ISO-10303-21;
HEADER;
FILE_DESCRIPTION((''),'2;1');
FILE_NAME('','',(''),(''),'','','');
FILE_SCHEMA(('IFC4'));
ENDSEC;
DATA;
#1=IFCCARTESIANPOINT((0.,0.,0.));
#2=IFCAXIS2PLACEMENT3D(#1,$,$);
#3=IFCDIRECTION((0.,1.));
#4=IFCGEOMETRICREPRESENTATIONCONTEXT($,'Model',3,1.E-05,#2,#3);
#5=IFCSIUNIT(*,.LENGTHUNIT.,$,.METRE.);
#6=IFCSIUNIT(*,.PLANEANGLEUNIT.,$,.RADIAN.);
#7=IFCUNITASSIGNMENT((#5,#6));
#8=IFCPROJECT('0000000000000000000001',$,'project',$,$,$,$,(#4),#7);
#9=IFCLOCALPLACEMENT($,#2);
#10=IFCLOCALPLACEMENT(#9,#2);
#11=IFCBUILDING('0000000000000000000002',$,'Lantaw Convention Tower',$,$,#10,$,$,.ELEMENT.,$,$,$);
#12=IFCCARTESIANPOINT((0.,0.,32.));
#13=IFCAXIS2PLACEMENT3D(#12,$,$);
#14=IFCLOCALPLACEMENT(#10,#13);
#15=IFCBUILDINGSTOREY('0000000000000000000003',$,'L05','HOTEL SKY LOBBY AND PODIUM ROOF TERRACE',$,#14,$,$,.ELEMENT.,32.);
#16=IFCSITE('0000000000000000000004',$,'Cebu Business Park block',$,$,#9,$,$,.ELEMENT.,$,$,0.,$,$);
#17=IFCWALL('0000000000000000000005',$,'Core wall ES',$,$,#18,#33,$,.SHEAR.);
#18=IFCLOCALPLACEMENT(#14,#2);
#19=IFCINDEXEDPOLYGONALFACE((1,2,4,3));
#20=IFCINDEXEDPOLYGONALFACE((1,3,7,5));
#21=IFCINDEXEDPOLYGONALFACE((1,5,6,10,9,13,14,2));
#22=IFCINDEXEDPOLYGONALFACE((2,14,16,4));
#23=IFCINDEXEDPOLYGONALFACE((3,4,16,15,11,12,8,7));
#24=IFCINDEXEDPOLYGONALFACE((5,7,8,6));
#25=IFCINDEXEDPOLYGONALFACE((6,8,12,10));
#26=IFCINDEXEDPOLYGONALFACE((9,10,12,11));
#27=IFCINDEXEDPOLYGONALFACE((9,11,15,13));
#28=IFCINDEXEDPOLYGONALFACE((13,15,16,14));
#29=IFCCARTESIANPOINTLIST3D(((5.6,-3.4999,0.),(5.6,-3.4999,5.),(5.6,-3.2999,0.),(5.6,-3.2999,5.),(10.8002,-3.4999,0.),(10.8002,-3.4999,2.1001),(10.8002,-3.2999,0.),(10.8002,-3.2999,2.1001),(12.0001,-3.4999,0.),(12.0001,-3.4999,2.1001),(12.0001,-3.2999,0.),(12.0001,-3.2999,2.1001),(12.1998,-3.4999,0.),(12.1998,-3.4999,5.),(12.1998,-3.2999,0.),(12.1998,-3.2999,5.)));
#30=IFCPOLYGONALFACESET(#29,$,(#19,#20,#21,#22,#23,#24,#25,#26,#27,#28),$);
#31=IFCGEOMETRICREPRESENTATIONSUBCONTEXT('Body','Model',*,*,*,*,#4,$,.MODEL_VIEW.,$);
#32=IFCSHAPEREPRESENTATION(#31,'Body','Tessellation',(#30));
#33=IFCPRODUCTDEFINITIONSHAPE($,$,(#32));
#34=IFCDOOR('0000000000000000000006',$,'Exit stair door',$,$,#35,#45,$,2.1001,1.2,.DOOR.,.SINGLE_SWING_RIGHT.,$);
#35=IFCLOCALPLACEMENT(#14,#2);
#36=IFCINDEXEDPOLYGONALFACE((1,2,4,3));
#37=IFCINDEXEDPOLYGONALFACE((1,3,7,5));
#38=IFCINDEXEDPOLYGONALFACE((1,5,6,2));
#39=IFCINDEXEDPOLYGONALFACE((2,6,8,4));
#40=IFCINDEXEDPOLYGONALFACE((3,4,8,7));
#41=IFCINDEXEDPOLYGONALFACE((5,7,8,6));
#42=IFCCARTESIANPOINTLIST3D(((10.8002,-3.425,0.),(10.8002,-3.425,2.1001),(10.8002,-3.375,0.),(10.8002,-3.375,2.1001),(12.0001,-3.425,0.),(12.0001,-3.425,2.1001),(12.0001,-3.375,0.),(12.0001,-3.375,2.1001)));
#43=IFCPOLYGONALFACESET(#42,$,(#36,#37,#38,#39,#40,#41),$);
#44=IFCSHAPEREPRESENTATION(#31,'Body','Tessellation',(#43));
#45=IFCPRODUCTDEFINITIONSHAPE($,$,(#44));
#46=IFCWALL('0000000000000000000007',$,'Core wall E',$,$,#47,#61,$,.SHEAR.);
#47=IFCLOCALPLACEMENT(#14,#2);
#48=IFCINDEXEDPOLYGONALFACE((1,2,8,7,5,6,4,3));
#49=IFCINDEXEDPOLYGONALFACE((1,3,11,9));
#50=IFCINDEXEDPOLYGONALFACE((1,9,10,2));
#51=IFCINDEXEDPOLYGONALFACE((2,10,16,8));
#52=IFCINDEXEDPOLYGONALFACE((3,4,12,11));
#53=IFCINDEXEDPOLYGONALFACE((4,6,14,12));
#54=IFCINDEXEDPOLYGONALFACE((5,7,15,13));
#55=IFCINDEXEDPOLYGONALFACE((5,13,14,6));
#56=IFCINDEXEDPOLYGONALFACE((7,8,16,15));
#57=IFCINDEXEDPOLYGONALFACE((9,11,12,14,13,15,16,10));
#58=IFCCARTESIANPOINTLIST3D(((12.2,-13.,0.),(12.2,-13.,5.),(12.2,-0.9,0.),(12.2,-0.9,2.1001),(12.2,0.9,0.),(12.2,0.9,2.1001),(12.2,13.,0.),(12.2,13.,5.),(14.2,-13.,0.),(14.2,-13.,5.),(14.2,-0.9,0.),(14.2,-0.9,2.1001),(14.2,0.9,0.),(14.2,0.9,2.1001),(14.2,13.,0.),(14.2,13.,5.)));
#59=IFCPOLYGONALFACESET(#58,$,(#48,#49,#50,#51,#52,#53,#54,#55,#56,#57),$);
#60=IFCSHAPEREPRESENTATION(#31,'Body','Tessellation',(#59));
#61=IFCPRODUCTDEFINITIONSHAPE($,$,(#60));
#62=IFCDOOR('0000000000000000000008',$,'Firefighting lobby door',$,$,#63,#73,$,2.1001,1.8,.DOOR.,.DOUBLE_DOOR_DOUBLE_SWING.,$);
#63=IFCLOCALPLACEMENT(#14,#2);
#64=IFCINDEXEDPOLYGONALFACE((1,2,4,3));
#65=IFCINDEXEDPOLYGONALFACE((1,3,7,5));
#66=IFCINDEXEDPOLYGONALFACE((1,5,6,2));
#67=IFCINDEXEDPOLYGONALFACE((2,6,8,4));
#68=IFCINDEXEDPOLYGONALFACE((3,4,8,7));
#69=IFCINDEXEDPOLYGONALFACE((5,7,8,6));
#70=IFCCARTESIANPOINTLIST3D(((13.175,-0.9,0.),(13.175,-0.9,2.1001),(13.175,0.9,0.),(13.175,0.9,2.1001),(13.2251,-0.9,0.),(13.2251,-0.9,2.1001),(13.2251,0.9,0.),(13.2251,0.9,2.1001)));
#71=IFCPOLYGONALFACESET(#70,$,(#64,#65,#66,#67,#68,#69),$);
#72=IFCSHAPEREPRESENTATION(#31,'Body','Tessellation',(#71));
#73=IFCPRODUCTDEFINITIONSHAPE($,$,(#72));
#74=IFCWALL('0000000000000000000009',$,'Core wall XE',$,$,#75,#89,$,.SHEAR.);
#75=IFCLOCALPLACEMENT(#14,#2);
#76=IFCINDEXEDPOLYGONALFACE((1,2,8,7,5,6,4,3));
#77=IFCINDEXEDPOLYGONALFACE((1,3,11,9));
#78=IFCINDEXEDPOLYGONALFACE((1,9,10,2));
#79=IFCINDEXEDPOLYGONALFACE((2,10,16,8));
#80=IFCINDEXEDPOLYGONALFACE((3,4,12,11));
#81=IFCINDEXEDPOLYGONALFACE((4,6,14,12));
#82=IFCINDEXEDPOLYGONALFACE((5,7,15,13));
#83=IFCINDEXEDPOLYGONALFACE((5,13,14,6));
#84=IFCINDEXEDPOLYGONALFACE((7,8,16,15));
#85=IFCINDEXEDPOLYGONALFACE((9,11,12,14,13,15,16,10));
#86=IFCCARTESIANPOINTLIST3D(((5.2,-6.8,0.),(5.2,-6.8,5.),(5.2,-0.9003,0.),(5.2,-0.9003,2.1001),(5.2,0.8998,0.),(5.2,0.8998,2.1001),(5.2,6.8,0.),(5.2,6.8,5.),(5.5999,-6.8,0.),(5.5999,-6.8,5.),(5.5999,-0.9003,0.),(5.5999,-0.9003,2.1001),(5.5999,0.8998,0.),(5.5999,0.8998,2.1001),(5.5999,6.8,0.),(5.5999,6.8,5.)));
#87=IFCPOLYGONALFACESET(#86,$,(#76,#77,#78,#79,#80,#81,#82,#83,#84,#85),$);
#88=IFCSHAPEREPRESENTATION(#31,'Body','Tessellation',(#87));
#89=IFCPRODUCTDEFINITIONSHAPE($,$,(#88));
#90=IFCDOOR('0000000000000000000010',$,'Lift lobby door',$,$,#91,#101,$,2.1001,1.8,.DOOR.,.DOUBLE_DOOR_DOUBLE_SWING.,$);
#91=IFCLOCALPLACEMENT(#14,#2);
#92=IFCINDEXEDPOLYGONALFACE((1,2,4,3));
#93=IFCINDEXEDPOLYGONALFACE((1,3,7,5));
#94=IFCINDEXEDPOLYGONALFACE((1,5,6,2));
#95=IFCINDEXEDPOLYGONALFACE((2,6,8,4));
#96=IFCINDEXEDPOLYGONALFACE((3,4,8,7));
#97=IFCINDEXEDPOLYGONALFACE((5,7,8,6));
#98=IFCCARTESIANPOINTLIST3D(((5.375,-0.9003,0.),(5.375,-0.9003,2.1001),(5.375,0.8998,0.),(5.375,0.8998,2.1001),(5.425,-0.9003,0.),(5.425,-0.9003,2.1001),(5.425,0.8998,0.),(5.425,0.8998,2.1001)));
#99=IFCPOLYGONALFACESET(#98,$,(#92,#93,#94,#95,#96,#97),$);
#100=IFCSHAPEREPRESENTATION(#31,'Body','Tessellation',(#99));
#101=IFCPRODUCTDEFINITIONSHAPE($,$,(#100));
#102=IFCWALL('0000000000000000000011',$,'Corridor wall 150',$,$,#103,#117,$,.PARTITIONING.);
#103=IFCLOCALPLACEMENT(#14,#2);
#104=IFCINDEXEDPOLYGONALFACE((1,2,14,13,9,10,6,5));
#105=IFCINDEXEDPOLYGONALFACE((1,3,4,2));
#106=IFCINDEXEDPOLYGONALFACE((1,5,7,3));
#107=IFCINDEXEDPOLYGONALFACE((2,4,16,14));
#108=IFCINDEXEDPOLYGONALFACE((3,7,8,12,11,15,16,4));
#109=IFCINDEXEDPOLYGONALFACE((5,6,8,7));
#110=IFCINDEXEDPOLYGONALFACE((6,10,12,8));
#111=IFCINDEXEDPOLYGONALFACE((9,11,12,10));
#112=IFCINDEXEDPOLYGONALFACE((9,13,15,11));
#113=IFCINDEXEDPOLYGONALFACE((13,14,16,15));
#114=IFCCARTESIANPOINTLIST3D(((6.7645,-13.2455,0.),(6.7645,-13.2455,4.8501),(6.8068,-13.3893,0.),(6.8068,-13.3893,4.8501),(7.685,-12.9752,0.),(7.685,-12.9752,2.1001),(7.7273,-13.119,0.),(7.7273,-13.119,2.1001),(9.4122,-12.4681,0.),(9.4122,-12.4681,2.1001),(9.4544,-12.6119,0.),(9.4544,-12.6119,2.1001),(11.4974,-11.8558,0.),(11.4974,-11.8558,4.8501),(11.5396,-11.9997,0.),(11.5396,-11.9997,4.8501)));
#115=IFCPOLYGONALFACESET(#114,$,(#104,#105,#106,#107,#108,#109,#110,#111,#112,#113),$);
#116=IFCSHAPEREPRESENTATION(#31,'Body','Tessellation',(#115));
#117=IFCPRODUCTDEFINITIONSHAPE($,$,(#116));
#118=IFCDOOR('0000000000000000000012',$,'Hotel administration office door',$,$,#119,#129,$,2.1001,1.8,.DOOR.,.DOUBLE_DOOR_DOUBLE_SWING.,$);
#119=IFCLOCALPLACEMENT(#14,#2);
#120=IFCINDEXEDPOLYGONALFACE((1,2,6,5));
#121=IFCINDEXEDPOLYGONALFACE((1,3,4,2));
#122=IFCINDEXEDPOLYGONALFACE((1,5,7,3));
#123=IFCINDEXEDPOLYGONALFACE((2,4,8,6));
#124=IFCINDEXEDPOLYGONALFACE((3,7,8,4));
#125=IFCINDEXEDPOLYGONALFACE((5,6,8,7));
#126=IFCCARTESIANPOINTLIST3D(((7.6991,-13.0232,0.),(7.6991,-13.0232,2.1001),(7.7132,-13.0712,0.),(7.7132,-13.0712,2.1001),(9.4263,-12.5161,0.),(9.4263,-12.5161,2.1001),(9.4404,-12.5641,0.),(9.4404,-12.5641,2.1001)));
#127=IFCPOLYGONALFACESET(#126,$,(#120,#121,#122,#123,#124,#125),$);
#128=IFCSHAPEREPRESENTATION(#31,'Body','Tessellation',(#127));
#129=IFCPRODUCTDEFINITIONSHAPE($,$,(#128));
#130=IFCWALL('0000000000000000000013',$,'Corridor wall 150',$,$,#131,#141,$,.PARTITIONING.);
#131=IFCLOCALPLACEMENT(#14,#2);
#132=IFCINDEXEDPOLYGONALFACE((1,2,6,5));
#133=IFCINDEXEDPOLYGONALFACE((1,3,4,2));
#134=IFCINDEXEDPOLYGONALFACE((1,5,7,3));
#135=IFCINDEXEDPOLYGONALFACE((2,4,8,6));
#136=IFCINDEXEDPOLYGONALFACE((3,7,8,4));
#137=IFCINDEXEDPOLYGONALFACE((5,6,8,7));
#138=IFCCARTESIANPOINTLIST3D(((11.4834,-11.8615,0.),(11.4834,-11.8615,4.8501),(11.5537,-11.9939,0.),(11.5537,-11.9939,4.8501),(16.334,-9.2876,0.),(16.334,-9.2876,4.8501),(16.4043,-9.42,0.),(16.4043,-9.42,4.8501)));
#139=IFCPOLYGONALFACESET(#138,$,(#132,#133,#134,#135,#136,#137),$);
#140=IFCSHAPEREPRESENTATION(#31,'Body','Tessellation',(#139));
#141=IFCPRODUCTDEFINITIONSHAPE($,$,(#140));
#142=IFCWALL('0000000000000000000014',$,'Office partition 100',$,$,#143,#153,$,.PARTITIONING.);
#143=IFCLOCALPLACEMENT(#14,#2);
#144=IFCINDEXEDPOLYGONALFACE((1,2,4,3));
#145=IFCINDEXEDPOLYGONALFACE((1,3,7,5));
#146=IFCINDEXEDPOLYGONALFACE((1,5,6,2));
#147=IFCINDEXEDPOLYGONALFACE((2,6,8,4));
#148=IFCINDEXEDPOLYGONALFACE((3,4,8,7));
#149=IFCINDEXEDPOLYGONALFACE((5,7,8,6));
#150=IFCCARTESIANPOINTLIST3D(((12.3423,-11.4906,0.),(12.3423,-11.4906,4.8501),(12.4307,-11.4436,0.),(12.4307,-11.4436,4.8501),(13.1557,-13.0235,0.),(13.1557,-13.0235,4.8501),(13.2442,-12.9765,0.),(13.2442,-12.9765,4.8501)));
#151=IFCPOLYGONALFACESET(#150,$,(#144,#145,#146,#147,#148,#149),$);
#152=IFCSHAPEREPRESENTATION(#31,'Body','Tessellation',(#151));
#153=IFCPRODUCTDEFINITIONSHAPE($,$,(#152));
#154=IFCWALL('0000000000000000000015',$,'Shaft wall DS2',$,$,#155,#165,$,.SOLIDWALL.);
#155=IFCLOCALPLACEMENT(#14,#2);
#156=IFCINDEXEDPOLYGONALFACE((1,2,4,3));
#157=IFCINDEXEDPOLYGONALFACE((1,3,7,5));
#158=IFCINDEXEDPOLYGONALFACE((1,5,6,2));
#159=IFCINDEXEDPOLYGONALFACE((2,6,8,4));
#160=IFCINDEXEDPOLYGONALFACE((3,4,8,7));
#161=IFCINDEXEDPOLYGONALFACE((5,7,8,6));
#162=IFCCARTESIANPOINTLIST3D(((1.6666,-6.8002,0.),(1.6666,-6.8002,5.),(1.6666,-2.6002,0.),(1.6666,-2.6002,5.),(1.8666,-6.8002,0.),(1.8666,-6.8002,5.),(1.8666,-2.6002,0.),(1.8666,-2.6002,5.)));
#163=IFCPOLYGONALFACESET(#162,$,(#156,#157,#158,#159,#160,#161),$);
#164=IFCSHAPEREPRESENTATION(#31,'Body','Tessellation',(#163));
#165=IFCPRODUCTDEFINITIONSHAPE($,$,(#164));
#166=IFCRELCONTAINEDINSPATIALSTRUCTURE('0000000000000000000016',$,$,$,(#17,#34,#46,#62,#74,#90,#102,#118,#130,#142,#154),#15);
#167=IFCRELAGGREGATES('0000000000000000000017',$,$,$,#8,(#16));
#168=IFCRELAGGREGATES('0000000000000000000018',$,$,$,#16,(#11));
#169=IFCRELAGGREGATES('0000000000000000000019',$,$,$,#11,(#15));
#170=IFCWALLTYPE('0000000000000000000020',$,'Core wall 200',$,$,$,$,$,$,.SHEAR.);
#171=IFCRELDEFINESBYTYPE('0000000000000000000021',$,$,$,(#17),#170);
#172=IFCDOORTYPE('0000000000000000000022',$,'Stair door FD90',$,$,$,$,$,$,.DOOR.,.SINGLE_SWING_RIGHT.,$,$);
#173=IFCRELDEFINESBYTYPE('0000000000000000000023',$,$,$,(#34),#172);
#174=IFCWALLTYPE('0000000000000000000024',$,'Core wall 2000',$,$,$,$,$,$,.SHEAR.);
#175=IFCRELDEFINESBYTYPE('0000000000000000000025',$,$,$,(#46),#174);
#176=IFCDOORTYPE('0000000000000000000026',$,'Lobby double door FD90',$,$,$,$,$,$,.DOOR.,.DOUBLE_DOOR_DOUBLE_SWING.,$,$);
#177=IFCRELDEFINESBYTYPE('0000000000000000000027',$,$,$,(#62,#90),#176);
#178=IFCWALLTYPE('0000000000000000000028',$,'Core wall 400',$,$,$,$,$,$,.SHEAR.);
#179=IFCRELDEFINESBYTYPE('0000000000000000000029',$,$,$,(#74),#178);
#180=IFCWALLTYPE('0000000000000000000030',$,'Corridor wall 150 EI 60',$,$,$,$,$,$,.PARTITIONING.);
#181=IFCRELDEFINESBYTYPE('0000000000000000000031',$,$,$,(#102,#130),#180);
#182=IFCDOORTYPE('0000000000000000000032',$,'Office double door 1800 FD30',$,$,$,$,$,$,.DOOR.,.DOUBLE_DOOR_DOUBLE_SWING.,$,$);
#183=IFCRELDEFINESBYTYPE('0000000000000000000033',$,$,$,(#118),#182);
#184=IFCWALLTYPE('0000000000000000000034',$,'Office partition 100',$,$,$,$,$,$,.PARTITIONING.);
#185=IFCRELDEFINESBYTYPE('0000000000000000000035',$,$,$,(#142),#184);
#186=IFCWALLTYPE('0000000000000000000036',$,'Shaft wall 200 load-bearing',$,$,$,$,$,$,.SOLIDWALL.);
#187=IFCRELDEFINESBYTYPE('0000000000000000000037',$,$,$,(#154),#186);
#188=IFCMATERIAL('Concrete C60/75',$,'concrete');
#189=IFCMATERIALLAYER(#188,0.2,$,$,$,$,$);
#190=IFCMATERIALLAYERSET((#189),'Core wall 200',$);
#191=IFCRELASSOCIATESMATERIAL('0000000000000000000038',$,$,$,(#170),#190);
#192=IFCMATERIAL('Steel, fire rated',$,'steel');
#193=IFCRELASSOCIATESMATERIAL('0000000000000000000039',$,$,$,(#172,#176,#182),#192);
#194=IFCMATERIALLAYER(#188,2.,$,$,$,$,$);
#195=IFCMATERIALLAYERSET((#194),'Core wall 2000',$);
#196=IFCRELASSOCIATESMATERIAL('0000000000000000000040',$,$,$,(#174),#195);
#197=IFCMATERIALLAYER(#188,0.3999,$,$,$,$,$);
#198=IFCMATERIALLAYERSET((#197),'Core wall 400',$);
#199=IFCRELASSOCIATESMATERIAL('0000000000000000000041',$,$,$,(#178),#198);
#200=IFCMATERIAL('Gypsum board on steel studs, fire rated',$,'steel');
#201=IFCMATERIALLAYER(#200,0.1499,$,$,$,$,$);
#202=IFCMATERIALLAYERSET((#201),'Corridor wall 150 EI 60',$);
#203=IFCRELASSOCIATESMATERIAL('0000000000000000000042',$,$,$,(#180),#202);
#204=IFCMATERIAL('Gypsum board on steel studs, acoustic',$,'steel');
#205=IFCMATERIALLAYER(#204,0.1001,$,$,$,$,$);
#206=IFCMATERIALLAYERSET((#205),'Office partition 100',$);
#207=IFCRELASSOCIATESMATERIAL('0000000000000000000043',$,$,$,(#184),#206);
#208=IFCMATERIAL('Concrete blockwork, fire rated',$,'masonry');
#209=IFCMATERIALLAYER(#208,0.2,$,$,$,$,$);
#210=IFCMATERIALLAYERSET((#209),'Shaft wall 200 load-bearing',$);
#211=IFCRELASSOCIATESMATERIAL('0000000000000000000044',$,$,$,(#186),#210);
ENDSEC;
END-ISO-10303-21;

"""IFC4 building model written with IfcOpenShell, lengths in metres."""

from ifc_helpers import new_model, si_unit, direction, frame, frame_2d, origin, place, context, subcontext, project, spatial, rectangle, extrude, material, layer, layer_set, type_object, element, fill, save


model = new_model("IFC4")

# Units and contexts
model_context = context("Model", 3, precision=1e-05, world=origin(), true_north=direction((0.0, 1.0)))
body_context = subcontext(model_context, "Body", "Model", "MODEL_VIEW")
ifc_project = project(units=[si_unit("LENGTHUNIT", "METRE"), si_unit("PLANEANGLEUNIT", "RADIAN")], contexts=[model_context])

# Site, building, storey
site_placement = place(None, origin())
site = spatial("IfcSite", under=ifc_project, at=site_placement, Name="Cebu Business Park block", CompositionType="ELEMENT", RefElevation=0.0)
building_placement = place(site_placement, origin())
building = spatial("IfcBuilding", under=site, at=building_placement, Name="Lantaw Convention Tower", CompositionType="ELEMENT")
storey_placement = place(building_placement, frame((0.0, 0.0, 32.0)))
storey = spatial("IfcBuildingStorey", under=building, at=storey_placement, Name="L05", Description="HOTEL SKY LOBBY AND PODIUM ROOF TERRACE", CompositionType="ELEMENT", Elevation=32.0)

# Walls, openings, doors
ifc_material_1 = material(Name="Concrete C60/75", Category="concrete")
ifc_layer_1 = layer(ifc_material_1, 0.2)
ifc_layer_set_1 = layer_set([ifc_layer_1], Name="Core wall 200")
wall_type_1 = type_object("IfcWallType", Name="Core wall 200", PredefinedType="SHEAR", material=ifc_layer_set_1)
wall_1_placement = place(storey_placement, frame((5.6001, -3.3999, 0.0), z_axis=(0.0, 0.0, 1.0), x_axis=(1.0, 0.0, 0.0)))
wall_1 = element("IfcWall", 1, at=wall_1_placement, inside=storey, type_object=wall_type_1, Name="Core wall ES", PredefinedType="SHEAR", context=body_context, shape_type="SweptSolid", body=[
    extrude(rectangle(XDim=6.5999, YDim=0.2, at=frame_2d((3.2998, 0.0))), origin(), (0.0, 0.0, 1.0), 5.0),
])
opening_1_placement = place(wall_1_placement, frame((5.2, 0.0, 0.0)))
opening_1 = element("IfcOpeningElement", 2, at=opening_1_placement, cuts=wall_1, PredefinedType="OPENING", context=body_context, shape_type="SweptSolid", body=[
    extrude(rectangle(XDim=1.2, YDim=2.1001, at=frame_2d((0.6001, 1.05))), frame((0.0, 0.1099, 0.0), z_axis=(0.0, -1.0, 0.0), x_axis=(1.0, 0.0, 0.0)), (0.0, 0.0, 1.0), 0.22),
])
ifc_material_2 = material(Name="Steel, fire rated", Category="steel")
door_type_1 = type_object("IfcDoorType", Name="Stair door FD90", OperationType="SINGLE_SWING_RIGHT", PredefinedType="DOOR", material=ifc_material_2)
door_1_placement = place(opening_1_placement, origin())
door_1 = element("IfcDoor", 3, at=door_1_placement, inside=storey, type_object=door_type_1, Name="Exit stair door", OperationType="SINGLE_SWING_RIGHT", OverallHeight=2.1001, OverallWidth=1.2, PredefinedType="DOOR", context=body_context, shape_type="SweptSolid", body=[
    extrude(rectangle(XDim=1.2, YDim=2.1001, at=frame_2d((0.6001, 1.05))), frame((0.0, 0.0249, 0.0), z_axis=(0.0, -1.0, 0.0), x_axis=(1.0, 0.0, 0.0)), (0.0, 0.0, 1.0), 0.05),
])
fill(opening_1, door_1)
ifc_layer_2 = layer(ifc_material_1, 2.0)
ifc_layer_set_2 = layer_set([ifc_layer_2], Name="Core wall 2000")
wall_type_2 = type_object("IfcWallType", Name="Core wall 2000", PredefinedType="SHEAR", material=ifc_layer_set_2)
wall_2_placement = place(storey_placement, frame((13.2, -13.0, 0.0), z_axis=(0.0, 0.0, 1.0), x_axis=(0.0, 1.0, 0.0)))
wall_2 = element("IfcWall", 4, at=wall_2_placement, inside=storey, type_object=wall_type_2, Name="Core wall E", PredefinedType="SHEAR", context=body_context, shape_type="SweptSolid", body=[
    extrude(rectangle(XDim=26.0, YDim=2.0, at=frame_2d((13.0, 0.0))), origin(), (0.0, 0.0, 1.0), 5.0),
])
opening_2_placement = place(wall_2_placement, frame((12.1001, 0.0, 0.0)))
opening_2 = element("IfcOpeningElement", 5, at=opening_2_placement, cuts=wall_2, PredefinedType="OPENING", context=body_context, shape_type="SweptSolid", body=[
    extrude(rectangle(XDim=1.8, YDim=2.1001, at=frame_2d((0.8999, 1.05))), frame((0.0, 1.01, 0.0), z_axis=(0.0, -1.0, 0.0), x_axis=(1.0, 0.0, 0.0)), (0.0, 0.0, 1.0), 2.02),
])
door_type_2 = type_object("IfcDoorType", Name="Lobby double door FD90", OperationType="DOUBLE_DOOR_DOUBLE_SWING", PredefinedType="DOOR", material=ifc_material_2)
door_2_placement = place(opening_2_placement, origin())
door_2 = element("IfcDoor", 6, at=door_2_placement, inside=storey, type_object=door_type_2, Name="Firefighting lobby door", OperationType="DOUBLE_DOOR_DOUBLE_SWING", OverallHeight=2.1001, OverallWidth=1.8, PredefinedType="DOOR", context=body_context, shape_type="SweptSolid", body=[
    extrude(rectangle(XDim=1.8, YDim=2.1001, at=frame_2d((0.8999, 1.05))), frame((0.0, 0.0249, 0.0), z_axis=(0.0, -1.0, 0.0), x_axis=(1.0, 0.0, 0.0)), (0.0, 0.0, 1.0), 0.05),
])
fill(opening_2, door_2)
ifc_layer_3 = layer(ifc_material_1, 0.3999)
ifc_layer_set_3 = layer_set([ifc_layer_3], Name="Core wall 400")
wall_type_3 = type_object("IfcWallType", Name="Core wall 400", PredefinedType="SHEAR", material=ifc_layer_set_3)
wall_3_placement = place(storey_placement, frame((5.3999, -6.8, 0.0), z_axis=(0.0, 0.0, 1.0), x_axis=(0.0, 1.0, 0.0)))
wall_3 = element("IfcWall", 7, at=wall_3_placement, inside=storey, type_object=wall_type_3, Name="Core wall XE", PredefinedType="SHEAR", context=body_context, shape_type="SweptSolid", body=[
    extrude(rectangle(XDim=13.6001, YDim=0.3999, at=frame_2d((6.8, 0.0))), origin(), (0.0, 0.0, 1.0), 5.0),
])
opening_3_placement = place(wall_3_placement, frame((5.8999, 0.0, 0.0)))
opening_3 = element("IfcOpeningElement", 8, at=opening_3_placement, cuts=wall_3, PredefinedType="OPENING", context=body_context, shape_type="SweptSolid", body=[
    extrude(rectangle(XDim=1.8, YDim=2.1001, at=frame_2d((0.8999, 1.05))), frame((0.0, 0.21, 0.0), z_axis=(0.0, -1.0, 0.0), x_axis=(1.0, 0.0, 0.0)), (0.0, 0.0, 1.0), 0.4199),
])
door_3_placement = place(opening_3_placement, origin())
door_3 = element("IfcDoor", 9, at=door_3_placement, inside=storey, type_object=door_type_2, Name="Lift lobby door", OperationType="DOUBLE_DOOR_DOUBLE_SWING", OverallHeight=2.1001, OverallWidth=1.8, PredefinedType="DOOR", context=body_context, shape_type="SweptSolid", body=[
    extrude(rectangle(XDim=1.8, YDim=2.1001, at=frame_2d((0.8999, 1.05))), frame((0.0, 0.0249, 0.0), z_axis=(0.0, -1.0, 0.0), x_axis=(1.0, 0.0, 0.0)), (0.0, 0.0, 1.0), 0.05),
])
fill(opening_3, door_3)
ifc_material_3 = material(Name="Gypsum board on steel studs, fire rated", Category="steel")
ifc_layer_4 = layer(ifc_material_3, 0.1499)
ifc_layer_set_4 = layer_set([ifc_layer_4], Name="Corridor wall 150 EI 60")
wall_type_4 = type_object("IfcWallType", Name="Corridor wall 150 EI 60", PredefinedType="PARTITIONING", material=ifc_layer_set_4)
wall_4_placement = place(storey_placement, frame((6.7856, -13.3174, 0.0), z_axis=(0.0, 0.0, 1.0), x_axis=(0.959496, 0.281721, 0.0)))
wall_4 = element("IfcWall", 10, at=wall_4_placement, inside=storey, type_object=wall_type_4, Name="Corridor wall 150", PredefinedType="PARTITIONING", context=body_context, shape_type="SweptSolid", body=[
    extrude(rectangle(XDim=4.9326, YDim=0.1499, at=frame_2d((2.4663, 0.0))), origin(), (0.0, 0.0, 1.0), 4.8501),
])
opening_4_placement = place(wall_4_placement, frame((0.9595, 0.0, 0.0)))
opening_4 = element("IfcOpeningElement", 11, at=opening_4_placement, cuts=wall_4, PredefinedType="OPENING", context=body_context, shape_type="SweptSolid", body=[
    extrude(rectangle(XDim=1.8, YDim=2.1001, at=frame_2d((0.8999, 1.05))), frame((0.0, 0.085, 0.0), z_axis=(0.0, -1.0, 0.0), x_axis=(1.0, 0.0, 0.0)), (0.0, 0.0, 1.0), 0.1699),
])
door_type_3 = type_object("IfcDoorType", Name="Office double door 1800 FD30", OperationType="DOUBLE_DOOR_DOUBLE_SWING", PredefinedType="DOOR", material=ifc_material_2)
door_4_placement = place(opening_4_placement, origin())
door_4 = element("IfcDoor", 12, at=door_4_placement, inside=storey, type_object=door_type_3, Name="Hotel administration office door", OperationType="DOUBLE_DOOR_DOUBLE_SWING", OverallHeight=2.1001, OverallWidth=1.8, PredefinedType="DOOR", context=body_context, shape_type="SweptSolid", body=[
    extrude(rectangle(XDim=1.8, YDim=2.1001, at=frame_2d((0.8999, 1.05))), frame((0.0, 0.0249, 0.0), z_axis=(0.0, -1.0, 0.0), x_axis=(1.0, 0.0, 0.0)), (0.0, 0.0, 1.0), 0.05),
])
fill(opening_4, door_4)

# Walls
wall_5_placement = place(storey_placement, frame((11.5186, -11.9277, 0.0), z_axis=(0.0, 0.0, 1.0), x_axis=(0.883334, 0.468743, 0.0)))
element("IfcWall", 13, at=wall_5_placement, inside=storey, type_object=wall_type_4, Name="Corridor wall 150", PredefinedType="PARTITIONING", context=body_context, shape_type="SweptSolid", body=[
    extrude(rectangle(XDim=5.4912, YDim=0.1499, at=frame_2d((2.7456, 0.0))), origin(), (0.0, 0.0, 1.0), 4.8501),
])
ifc_material_4 = material(Name="Gypsum board on steel studs, acoustic", Category="steel")
ifc_layer_5 = layer(ifc_material_4, 0.1001)
ifc_layer_set_5 = layer_set([ifc_layer_5], Name="Office partition 100")
wall_type_5 = type_object("IfcWallType", Name="Office partition 100", PredefinedType="PARTITIONING", material=ifc_layer_set_5)
wall_6_placement = place(storey_placement, frame((13.2, -13.0, 0.0), z_axis=(0.0, 0.0, 1.0), x_axis=(-0.468747, 0.883332, 0.0)))
element("IfcWall", 14, at=wall_6_placement, inside=storey, type_object=wall_type_5, Name="Office partition 100", PredefinedType="PARTITIONING", context=body_context, shape_type="SweptSolid", body=[
    extrude(rectangle(XDim=1.7354, YDim=0.1001, at=frame_2d((0.8677, 0.0))), origin(), (0.0, 0.0, 1.0), 4.8501),
])
ifc_material_5 = material(Name="Concrete blockwork, fire rated", Category="masonry")
ifc_layer_6 = layer(ifc_material_5, 0.2)
ifc_layer_set_6 = layer_set([ifc_layer_6], Name="Shaft wall 200 load-bearing")
wall_type_6 = type_object("IfcWallType", Name="Shaft wall 200 load-bearing", PredefinedType="SOLIDWALL", material=ifc_layer_set_6)
wall_7_placement = place(storey_placement, frame((1.7666, -2.6001, 0.0), z_axis=(0.0, 0.0, 1.0), x_axis=(0.0, -1.0, 0.0)))
element("IfcWall", 15, at=wall_7_placement, inside=storey, type_object=wall_type_6, Name="Shaft wall DS2", PredefinedType="SOLIDWALL", context=body_context, shape_type="SweptSolid", body=[
    extrude(rectangle(XDim=4.2, YDim=0.2, at=frame_2d((2.1001, 0.0))), origin(), (0.0, 0.0, 1.0), 5.0),
])

save(model, "model.ifc")
